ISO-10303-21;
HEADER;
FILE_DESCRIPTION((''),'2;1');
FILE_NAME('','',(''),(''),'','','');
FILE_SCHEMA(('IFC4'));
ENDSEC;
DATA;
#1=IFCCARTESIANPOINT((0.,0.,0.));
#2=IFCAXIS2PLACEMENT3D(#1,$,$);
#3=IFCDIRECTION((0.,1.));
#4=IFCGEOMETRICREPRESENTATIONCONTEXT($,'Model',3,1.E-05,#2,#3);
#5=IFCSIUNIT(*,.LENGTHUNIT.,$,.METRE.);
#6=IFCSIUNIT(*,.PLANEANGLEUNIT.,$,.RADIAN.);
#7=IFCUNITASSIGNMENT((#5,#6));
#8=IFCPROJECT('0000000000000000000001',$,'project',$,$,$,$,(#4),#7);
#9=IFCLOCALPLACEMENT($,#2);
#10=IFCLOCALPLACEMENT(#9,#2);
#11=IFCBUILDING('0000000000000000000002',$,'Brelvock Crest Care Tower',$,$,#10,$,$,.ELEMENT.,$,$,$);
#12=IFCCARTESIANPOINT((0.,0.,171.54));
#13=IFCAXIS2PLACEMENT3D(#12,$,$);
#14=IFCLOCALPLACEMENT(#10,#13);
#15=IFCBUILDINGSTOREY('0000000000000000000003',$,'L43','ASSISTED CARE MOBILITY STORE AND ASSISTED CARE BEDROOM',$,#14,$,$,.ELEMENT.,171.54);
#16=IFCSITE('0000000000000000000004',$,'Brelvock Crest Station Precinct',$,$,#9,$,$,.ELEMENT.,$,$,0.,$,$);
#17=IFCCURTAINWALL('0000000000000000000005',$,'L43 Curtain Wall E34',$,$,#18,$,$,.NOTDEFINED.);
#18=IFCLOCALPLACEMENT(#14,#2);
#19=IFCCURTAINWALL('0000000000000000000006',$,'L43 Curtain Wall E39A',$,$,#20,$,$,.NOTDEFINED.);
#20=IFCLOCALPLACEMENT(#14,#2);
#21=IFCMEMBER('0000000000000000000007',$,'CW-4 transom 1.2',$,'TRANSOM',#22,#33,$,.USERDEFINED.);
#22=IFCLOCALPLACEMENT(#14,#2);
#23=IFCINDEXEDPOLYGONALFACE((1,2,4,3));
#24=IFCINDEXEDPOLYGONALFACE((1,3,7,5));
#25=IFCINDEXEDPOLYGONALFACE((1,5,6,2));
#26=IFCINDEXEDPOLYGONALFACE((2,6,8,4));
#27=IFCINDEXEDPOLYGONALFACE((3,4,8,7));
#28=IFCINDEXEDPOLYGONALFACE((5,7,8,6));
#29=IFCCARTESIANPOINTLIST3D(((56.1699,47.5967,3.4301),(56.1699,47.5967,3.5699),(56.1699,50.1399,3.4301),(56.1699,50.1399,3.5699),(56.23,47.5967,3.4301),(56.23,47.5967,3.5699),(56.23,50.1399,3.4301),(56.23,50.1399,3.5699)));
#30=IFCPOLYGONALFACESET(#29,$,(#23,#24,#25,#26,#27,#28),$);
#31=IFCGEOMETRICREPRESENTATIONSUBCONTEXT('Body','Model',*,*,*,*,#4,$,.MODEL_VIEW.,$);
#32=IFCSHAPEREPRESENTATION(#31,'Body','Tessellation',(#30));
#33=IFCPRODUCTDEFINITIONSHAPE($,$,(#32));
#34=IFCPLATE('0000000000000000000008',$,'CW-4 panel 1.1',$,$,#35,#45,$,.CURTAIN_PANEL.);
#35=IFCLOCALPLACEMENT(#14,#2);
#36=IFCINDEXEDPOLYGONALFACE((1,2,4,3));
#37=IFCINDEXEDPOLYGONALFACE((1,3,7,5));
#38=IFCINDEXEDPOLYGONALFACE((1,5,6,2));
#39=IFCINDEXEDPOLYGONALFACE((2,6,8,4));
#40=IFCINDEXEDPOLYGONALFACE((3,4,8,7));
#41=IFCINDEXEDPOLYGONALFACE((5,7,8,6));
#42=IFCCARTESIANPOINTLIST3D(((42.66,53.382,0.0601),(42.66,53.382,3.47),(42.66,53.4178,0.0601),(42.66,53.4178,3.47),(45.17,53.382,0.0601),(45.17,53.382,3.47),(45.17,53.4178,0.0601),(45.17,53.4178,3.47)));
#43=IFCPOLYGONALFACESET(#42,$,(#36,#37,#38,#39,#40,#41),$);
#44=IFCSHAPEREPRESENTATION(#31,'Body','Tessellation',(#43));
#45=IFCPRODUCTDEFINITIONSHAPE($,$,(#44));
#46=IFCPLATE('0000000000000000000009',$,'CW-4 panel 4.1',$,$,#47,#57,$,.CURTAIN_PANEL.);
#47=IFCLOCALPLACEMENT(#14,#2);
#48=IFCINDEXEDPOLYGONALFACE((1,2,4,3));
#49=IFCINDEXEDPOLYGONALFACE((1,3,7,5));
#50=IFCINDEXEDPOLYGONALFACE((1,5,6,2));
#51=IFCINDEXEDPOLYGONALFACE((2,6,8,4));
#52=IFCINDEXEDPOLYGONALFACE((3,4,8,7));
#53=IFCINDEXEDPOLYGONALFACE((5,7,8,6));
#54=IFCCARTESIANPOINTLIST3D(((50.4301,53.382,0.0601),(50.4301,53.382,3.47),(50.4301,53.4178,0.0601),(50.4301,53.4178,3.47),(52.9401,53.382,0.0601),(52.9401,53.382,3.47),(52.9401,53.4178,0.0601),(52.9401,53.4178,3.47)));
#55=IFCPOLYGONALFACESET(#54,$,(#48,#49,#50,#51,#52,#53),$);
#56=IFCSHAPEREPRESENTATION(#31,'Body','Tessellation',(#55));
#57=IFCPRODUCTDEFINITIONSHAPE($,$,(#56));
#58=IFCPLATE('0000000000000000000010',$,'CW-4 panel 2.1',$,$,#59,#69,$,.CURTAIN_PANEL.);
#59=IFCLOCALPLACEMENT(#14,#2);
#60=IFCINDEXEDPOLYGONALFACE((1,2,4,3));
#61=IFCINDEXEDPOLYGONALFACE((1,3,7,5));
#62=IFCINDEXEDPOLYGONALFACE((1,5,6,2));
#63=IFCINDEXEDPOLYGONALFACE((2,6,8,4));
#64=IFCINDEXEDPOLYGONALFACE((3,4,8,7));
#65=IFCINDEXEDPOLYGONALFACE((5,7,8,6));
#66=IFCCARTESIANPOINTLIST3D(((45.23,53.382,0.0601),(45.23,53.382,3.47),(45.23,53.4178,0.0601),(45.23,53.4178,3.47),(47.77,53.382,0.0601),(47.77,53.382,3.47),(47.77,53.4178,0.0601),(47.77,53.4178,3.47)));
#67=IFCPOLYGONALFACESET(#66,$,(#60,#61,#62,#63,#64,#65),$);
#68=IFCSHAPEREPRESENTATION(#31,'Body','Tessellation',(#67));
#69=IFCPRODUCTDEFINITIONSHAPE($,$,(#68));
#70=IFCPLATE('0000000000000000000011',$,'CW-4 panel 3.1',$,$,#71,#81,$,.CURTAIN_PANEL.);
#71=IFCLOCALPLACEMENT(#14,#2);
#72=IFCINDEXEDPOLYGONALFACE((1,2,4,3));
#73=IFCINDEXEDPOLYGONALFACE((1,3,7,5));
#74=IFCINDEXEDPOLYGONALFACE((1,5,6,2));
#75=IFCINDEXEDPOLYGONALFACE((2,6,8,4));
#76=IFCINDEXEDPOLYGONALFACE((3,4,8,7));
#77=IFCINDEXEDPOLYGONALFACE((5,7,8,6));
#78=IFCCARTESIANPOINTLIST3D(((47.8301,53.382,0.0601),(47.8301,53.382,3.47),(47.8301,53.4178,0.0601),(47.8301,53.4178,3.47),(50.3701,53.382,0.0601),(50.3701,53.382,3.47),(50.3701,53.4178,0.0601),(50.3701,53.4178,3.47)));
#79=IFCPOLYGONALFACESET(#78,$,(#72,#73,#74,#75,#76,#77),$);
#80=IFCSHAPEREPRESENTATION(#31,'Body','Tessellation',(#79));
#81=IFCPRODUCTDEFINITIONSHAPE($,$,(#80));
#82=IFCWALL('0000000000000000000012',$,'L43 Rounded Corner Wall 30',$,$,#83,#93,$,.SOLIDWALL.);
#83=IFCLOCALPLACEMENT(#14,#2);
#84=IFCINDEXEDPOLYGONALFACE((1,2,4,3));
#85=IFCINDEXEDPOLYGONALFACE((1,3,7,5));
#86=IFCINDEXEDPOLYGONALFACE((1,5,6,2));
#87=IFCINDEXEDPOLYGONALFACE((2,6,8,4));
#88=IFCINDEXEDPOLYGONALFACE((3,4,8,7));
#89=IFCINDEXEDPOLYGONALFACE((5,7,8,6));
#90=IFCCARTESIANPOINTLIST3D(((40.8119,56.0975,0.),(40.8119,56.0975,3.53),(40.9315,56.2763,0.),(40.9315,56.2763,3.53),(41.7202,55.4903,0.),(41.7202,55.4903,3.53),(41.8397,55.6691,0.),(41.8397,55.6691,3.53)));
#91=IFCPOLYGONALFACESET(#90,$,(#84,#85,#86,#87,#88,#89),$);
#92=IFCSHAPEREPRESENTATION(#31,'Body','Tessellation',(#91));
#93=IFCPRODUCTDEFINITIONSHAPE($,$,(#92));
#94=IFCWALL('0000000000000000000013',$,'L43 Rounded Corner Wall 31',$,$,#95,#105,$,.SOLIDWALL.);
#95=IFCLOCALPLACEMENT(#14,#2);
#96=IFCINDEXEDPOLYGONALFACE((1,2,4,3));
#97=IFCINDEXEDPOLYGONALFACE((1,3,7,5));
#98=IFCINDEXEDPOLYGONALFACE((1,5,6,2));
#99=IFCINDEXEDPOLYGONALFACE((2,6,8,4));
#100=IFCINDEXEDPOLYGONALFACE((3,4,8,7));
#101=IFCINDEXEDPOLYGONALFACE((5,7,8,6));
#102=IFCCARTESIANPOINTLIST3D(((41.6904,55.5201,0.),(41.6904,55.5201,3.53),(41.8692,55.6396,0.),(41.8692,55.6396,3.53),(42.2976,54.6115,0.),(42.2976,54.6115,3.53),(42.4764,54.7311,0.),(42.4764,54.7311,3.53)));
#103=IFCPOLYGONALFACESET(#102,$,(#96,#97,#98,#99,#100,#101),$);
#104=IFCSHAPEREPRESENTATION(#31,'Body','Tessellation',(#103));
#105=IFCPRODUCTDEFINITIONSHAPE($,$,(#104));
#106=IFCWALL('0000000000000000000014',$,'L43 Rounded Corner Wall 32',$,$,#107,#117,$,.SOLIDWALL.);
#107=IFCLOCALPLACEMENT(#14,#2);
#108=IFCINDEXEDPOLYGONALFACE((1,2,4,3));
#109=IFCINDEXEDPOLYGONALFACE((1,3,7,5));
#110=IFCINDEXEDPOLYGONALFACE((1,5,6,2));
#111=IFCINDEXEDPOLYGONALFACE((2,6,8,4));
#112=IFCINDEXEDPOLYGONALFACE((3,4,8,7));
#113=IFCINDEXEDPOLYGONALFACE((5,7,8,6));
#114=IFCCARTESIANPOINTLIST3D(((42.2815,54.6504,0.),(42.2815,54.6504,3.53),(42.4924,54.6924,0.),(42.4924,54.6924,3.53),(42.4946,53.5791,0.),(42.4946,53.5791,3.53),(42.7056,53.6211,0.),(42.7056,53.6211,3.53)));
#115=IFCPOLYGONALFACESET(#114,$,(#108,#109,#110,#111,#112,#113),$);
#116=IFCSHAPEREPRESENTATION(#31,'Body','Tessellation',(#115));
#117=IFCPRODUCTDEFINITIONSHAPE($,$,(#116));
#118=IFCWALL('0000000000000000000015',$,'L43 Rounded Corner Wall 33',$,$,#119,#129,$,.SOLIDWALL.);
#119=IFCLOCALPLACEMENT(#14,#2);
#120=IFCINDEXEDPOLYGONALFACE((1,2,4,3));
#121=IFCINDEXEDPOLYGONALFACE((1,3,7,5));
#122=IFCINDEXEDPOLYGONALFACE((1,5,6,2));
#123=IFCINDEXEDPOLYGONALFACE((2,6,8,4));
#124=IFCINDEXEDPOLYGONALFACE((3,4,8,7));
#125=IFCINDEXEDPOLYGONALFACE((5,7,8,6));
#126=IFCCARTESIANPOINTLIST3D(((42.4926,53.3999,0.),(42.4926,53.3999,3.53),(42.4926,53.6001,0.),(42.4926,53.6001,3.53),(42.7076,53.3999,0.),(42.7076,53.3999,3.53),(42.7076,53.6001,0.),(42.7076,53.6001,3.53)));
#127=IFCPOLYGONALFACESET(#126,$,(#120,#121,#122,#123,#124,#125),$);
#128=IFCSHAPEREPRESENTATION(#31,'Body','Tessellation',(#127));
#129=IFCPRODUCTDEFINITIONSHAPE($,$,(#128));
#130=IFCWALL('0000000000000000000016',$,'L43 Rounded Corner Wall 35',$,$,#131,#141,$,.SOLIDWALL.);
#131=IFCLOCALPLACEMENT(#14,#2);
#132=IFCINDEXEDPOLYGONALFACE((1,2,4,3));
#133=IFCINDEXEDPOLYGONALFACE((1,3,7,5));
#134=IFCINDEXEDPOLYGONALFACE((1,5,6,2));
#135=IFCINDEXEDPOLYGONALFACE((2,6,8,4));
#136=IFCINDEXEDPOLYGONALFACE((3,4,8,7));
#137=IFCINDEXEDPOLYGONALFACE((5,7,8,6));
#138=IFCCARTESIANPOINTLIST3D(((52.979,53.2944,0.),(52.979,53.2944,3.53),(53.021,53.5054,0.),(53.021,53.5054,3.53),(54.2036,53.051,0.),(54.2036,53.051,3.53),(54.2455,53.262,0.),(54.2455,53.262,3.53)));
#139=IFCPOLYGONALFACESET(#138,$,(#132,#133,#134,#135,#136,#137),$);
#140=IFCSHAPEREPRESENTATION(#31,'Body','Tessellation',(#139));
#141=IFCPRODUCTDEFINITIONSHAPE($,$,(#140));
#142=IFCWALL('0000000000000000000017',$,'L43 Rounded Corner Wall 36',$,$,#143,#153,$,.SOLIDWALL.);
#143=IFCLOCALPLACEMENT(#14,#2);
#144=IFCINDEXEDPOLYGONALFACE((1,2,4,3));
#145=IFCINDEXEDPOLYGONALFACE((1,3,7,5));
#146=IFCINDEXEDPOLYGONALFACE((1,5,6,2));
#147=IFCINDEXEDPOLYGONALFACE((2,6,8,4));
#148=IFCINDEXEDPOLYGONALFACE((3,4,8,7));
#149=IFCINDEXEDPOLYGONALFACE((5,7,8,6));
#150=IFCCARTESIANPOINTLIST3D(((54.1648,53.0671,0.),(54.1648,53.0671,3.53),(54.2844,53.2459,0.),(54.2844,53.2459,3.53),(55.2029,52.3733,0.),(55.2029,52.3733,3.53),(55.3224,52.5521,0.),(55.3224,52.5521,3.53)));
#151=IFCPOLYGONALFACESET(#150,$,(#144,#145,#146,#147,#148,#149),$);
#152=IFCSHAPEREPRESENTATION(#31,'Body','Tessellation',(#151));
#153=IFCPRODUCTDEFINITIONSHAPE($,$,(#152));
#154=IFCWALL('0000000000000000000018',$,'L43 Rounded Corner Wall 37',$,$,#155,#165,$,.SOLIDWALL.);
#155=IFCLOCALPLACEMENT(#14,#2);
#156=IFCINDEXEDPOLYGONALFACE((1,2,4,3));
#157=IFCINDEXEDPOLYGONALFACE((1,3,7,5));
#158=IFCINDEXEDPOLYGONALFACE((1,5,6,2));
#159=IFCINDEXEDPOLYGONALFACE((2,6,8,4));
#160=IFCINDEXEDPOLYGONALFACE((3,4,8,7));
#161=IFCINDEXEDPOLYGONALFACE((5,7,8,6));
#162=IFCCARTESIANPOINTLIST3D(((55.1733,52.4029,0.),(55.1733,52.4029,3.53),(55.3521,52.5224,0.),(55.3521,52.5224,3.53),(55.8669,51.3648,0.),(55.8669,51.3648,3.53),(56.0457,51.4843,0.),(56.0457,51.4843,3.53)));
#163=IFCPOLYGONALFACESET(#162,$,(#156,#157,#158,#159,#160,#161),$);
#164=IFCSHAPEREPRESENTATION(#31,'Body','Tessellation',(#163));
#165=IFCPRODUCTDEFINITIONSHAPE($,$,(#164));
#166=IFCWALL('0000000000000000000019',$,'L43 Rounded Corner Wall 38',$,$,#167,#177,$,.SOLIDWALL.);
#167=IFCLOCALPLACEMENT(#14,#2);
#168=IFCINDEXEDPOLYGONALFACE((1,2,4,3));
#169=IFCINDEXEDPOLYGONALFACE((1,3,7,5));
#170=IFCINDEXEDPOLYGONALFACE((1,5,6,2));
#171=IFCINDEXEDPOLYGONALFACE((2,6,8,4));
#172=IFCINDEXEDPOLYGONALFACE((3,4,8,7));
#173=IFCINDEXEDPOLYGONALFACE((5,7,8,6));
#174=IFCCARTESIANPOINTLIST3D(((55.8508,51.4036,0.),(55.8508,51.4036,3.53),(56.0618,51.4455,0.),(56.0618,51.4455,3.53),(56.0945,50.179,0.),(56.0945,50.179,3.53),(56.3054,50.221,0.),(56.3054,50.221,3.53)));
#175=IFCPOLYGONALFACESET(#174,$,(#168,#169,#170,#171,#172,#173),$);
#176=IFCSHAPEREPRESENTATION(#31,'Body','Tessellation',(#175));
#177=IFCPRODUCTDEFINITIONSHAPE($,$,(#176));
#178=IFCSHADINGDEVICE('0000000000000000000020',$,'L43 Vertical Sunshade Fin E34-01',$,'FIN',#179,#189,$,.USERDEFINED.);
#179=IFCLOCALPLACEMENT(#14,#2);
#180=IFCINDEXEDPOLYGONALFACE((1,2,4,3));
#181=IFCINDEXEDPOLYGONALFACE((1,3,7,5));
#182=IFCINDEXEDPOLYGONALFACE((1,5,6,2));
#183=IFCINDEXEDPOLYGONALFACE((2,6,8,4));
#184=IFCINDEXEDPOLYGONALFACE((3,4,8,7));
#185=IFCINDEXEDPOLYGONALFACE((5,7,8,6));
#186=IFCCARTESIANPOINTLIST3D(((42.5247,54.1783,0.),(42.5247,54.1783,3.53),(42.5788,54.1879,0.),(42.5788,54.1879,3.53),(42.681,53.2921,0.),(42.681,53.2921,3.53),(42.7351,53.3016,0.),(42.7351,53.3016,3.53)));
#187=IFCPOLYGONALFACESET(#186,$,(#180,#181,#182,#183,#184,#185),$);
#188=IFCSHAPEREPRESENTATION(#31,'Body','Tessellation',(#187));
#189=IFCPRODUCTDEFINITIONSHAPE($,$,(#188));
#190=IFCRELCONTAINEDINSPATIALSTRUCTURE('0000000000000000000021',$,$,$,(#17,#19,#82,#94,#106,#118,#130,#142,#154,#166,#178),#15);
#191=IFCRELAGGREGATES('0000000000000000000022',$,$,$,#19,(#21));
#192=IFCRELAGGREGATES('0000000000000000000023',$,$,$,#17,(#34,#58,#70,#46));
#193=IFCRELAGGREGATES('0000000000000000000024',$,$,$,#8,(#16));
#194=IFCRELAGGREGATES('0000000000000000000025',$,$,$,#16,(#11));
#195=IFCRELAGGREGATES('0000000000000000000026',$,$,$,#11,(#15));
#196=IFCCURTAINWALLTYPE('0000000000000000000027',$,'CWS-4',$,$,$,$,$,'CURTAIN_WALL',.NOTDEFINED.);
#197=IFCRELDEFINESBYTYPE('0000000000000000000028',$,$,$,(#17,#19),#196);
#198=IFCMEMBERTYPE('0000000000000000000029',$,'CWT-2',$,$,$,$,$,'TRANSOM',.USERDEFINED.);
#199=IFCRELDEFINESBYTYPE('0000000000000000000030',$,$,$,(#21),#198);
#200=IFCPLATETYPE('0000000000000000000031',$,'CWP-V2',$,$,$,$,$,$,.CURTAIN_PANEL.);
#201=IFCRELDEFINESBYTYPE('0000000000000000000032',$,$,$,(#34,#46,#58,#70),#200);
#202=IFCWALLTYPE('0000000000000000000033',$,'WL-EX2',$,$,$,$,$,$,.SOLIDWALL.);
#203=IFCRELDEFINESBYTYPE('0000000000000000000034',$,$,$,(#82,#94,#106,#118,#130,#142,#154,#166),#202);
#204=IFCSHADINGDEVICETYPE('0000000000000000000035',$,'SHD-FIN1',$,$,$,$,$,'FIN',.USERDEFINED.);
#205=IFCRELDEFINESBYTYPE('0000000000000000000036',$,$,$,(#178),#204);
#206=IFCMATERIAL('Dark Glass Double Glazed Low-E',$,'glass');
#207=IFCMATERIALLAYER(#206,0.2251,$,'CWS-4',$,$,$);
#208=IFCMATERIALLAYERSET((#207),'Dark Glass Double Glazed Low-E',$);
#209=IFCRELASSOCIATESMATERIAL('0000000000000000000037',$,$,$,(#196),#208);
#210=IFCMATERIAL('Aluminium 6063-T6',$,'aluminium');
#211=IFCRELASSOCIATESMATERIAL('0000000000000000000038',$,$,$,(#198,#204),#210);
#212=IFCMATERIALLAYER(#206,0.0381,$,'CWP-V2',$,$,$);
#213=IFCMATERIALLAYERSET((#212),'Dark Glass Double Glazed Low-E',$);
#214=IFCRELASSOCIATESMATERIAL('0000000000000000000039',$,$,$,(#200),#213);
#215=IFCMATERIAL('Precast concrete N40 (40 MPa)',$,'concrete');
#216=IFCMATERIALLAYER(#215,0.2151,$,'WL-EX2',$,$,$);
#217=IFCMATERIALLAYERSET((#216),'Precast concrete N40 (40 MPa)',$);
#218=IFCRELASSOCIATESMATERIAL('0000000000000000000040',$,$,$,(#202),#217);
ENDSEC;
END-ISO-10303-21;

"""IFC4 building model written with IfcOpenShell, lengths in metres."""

from ifc_helpers import new_model, si_unit, direction, frame, frame_2d, origin, origin_2d, place, context, subcontext, project, spatial, rectangle, extrude, source, transform, mapped, material, layer, layer_set, material_profile, profile_set, type_object, element, aggregate, save


model = new_model("IFC4")

# Units and contexts
model_context = context("Model", 3, precision=1e-05, world=origin(), true_north=direction((0.0, 1.0)))
body_context = subcontext(model_context, "Body", "Model", "MODEL_VIEW")
ifc_project = project(units=[si_unit("LENGTHUNIT", "METRE"), si_unit("PLANEANGLEUNIT", "RADIAN")], contexts=[model_context])

# Site, building, storey
site_placement = place(None, origin())
site = spatial("IfcSite", under=ifc_project, at=site_placement, Name="Brelvock Crest Station Precinct", CompositionType="ELEMENT", RefElevation=0.0)
building_placement = place(site_placement, origin())
building = spatial("IfcBuilding", under=site, at=building_placement, Name="Brelvock Crest Care Tower", CompositionType="ELEMENT")
storey_placement = place(building_placement, frame((0.0, 0.0, 171.54)))
storey = spatial("IfcBuildingStorey", under=building, at=storey_placement, Name="L43", Description="ASSISTED CARE MOBILITY STORE AND ASSISTED CARE BEDROOM", CompositionType="ELEMENT", Elevation=171.54)

# Curtain wall
ifc_material_1 = material(Name="Dark Glass Double Glazed Low-E", Category="glass")
ifc_layer_1 = layer(ifc_material_1, 0.2251, Name="CWS-4")
ifc_layer_set_1 = layer_set([ifc_layer_1], Name="Dark Glass Double Glazed Low-E")
curtain_wall_type = type_object("IfcCurtainWallType", Name="CWS-4", ElementType="CURTAIN_WALL", PredefinedType="NOTDEFINED", material=ifc_layer_set_1)
curtain_wall_1_placement = place(storey_placement, origin())
curtain_wall_1 = element("IfcCurtainWall", 1, at=curtain_wall_1_placement, inside=storey, type_object=curtain_wall_type, Name="L43 Curtain Wall E34", PredefinedType="NOTDEFINED")
ifc_material_2 = material(Name="Aluminium 6063-T6", Category="aluminium")

# Curtain wall
curtain_wall_2_placement = place(storey_placement, origin())
curtain_wall_2 = element("IfcCurtainWall", 2, at=curtain_wall_2_placement, inside=storey, type_object=curtain_wall_type, Name="L43 Curtain Wall E39A", PredefinedType="NOTDEFINED")

# Member
ifc_material_profile_1 = material_profile(ifc_material_2, rectangle(XDim=0.0601, YDim=0.1399, at=origin_2d()), Name="ALU60x140")
ifc_profile_set_1 = profile_set([ifc_material_profile_1], Name="Aluminium 6063-T6")
member_type_1 = type_object("IfcMemberType", Name="CWT-2", ElementType="TRANSOM", PredefinedType="USERDEFINED", material=ifc_profile_set_1)
shared_shape_1 = source(origin(), body_context, "Body", "SweptSolid", [
    extrude(rectangle(XDim=0.0601, YDim=0.1399, at=origin_2d()), origin(), (0.0, 0.0, 1.0), 2.5432),
])
member_1_placement = place(storey_placement, frame((56.2, 50.1399, 3.5), z_axis=(0.0, -1.0, 0.0), x_axis=(1.0, 0.0, 0.0)))
member_1 = element("IfcMember", 3, at=member_1_placement, type_object=member_type_1, Name="CW-4 transom 1.2", ObjectType="TRANSOM", PredefinedType="USERDEFINED", context=body_context, shape_type="MappedRepresentation", body=[
    mapped(shared_shape_1, transform((0.0, 0.0, 0.0), x_axis=(1.0, 0.0, 0.0), y_axis=(0.0, 1.0, 0.0), z_axis=(0.0, 0.0, 1.0), scale=1.0)),
])
aggregate(curtain_wall_2, [member_1])

# Plates
ifc_layer_2 = layer(ifc_material_1, 0.0381, Name="CWP-V2")
ifc_layer_set_2 = layer_set([ifc_layer_2], Name="Dark Glass Double Glazed Low-E")
plate_type = type_object("IfcPlateType", Name="CWP-V2", PredefinedType="CURTAIN_PANEL", material=ifc_layer_set_2)
shared_shape_2 = source(origin(), body_context, "Body", "SweptSolid", [
    extrude(rectangle(XDim=2.51, YDim=0.0359, at=origin_2d()), origin(), (0.0, 0.0, 1.0), 3.4099),
])
plate_1_placement = place(storey_placement, frame((43.915, 53.3999, 0.0601), z_axis=(0.0, 0.0, 1.0), x_axis=(1.0, 0.0, 0.0)))
plate_1 = element("IfcPlate", 4, at=plate_1_placement, type_object=plate_type, Name="CW-4 panel 1.1", PredefinedType="CURTAIN_PANEL", context=body_context, shape_type="MappedRepresentation", body=[
    mapped(shared_shape_2, transform((0.0, 0.0, 0.0), x_axis=(1.0, 0.0, 0.0), y_axis=(0.0, 1.0, 0.0), z_axis=(0.0, 0.0, 1.0), scale=1.0)),
])
plate_2_placement = place(storey_placement, frame((51.6851, 53.3999, 0.0601), z_axis=(0.0, 0.0, 1.0), x_axis=(1.0, 0.0, 0.0)))
plate_2 = element("IfcPlate", 5, at=plate_2_placement, type_object=plate_type, Name="CW-4 panel 4.1", PredefinedType="CURTAIN_PANEL", context=body_context, shape_type="MappedRepresentation", body=[
    mapped(shared_shape_2, transform((0.0, 0.0, 0.0), x_axis=(1.0, 0.0, 0.0), y_axis=(0.0, 1.0, 0.0), z_axis=(0.0, 0.0, 1.0), scale=1.0)),
])
shared_shape_3 = source(origin(), body_context, "Body", "SweptSolid", [
    extrude(rectangle(XDim=2.54, YDim=0.0359, at=origin_2d()), origin(), (0.0, 0.0, 1.0), 3.4099),
])
plate_3_placement = place(storey_placement, frame((46.5, 53.3999, 0.0601), z_axis=(0.0, 0.0, 1.0), x_axis=(1.0, 0.0, 0.0)))
plate_3 = element("IfcPlate", 6, at=plate_3_placement, type_object=plate_type, Name="CW-4 panel 2.1", PredefinedType="CURTAIN_PANEL", context=body_context, shape_type="MappedRepresentation", body=[
    mapped(shared_shape_3, transform((0.0, 0.0, 0.0), x_axis=(1.0, 0.0, 0.0), y_axis=(0.0, 1.0, 0.0), z_axis=(0.0, 0.0, 1.0), scale=1.0)),
])
plate_4_placement = place(storey_placement, frame((49.1001, 53.3999, 0.0601), z_axis=(0.0, 0.0, 1.0), x_axis=(1.0, 0.0, 0.0)))
plate_4 = element("IfcPlate", 7, at=plate_4_placement, type_object=plate_type, Name="CW-4 panel 3.1", PredefinedType="CURTAIN_PANEL", context=body_context, shape_type="MappedRepresentation", body=[
    mapped(shared_shape_3, transform((0.0, 0.0, 0.0), x_axis=(1.0, 0.0, 0.0), y_axis=(0.0, 1.0, 0.0), z_axis=(0.0, 0.0, 1.0), scale=1.0)),
])
aggregate(curtain_wall_1, [plate_1, plate_3, plate_4, plate_2])

# Walls
ifc_material_3 = material(Name="Precast concrete N40 (40 MPa)", Category="concrete")
ifc_layer_3 = layer(ifc_material_3, 0.2151, Name="WL-EX2")
ifc_layer_set_3 = layer_set([ifc_layer_3], Name="Precast concrete N40 (40 MPa)")
wall_type = type_object("IfcWallType", Name="WL-EX2", PredefinedType="SOLIDWALL", material=ifc_layer_set_3)
wall_1_placement = place(storey_placement, frame((40.8716, 56.187, 0.0), z_axis=(0.0, 0.0, 1.0), x_axis=(0.831328, -0.555783, 0.0)))
element("IfcWall", 8, at=wall_1_placement, inside=storey, type_object=wall_type, Name="L43 Rounded Corner Wall 30", PredefinedType="SOLIDWALL", context=body_context, shape_type="SweptSolid", body=[
    extrude(rectangle(XDim=1.0925, YDim=0.2151, at=frame_2d((0.5464, 0.0))), origin(), (0.0, 0.0, 1.0), 3.53),
])
wall_2_placement = place(storey_placement, frame((41.7798, 55.5798, 0.0), z_axis=(0.0, 0.0, 1.0), x_axis=(0.555679, -0.831397, 0.0)))
element("IfcWall", 9, at=wall_2_placement, inside=storey, type_object=wall_type, Name="L43 Rounded Corner Wall 31", PredefinedType="SOLIDWALL", context=body_context, shape_type="SweptSolid", body=[
    extrude(rectangle(XDim=1.0928, YDim=0.2151, at=frame_2d((0.5464, 0.0))), origin(), (0.0, 0.0, 1.0), 3.53),
])
wall_3_placement = place(storey_placement, frame((42.387, 54.6714, 0.0), z_axis=(0.0, 0.0, 1.0), x_axis=(0.195127, -0.980778, 0.0)))
element("IfcWall", 10, at=wall_3_placement, inside=storey, type_object=wall_type, Name="L43 Rounded Corner Wall 32", PredefinedType="SOLIDWALL", context=body_context, shape_type="SweptSolid", body=[
    extrude(rectangle(XDim=1.0923, YDim=0.2151, at=frame_2d((0.5461, 0.0))), origin(), (0.0, 0.0, 1.0), 3.53),
])
wall_4_placement = place(storey_placement, frame((42.6001, 53.6001, 0.0), z_axis=(0.0, 0.0, 1.0), x_axis=(0.0, -1.0, 0.0)))
element("IfcWall", 11, at=wall_4_placement, inside=storey, type_object=wall_type, Name="L43 Rounded Corner Wall 33", PredefinedType="SOLIDWALL", context=body_context, shape_type="SweptSolid", body=[
    extrude(rectangle(XDim=0.2002, YDim=0.2151, at=frame_2d((0.1001, 0.0))), origin(), (0.0, 0.0, 1.0), 3.53),
])
for number, where, z_axis, x_axis, name in (
    (12, (53.0, 53.3999, 0.0), (0.0, 0.0, 1.0), (0.980813, -0.19495, 0.0), "L43 Rounded Corner Wall 35"),
    (13, (54.2246, 53.1565, 0.0), (0.0, 0.0, 1.0), (0.831388, -0.555692, 0.0), "L43 Rounded Corner Wall 36"),
    (14, (55.2627, 52.4626, 0.0), (0.0, 0.0, 1.0), (0.555557, -0.831478, 0.0), "L43 Rounded Corner Wall 37"),
    (15, (55.9563, 51.4246, 0.0), (0.0, 0.0, 1.0), (0.195138, -0.980776, 0.0), "L43 Rounded Corner Wall 38"),
):
    element("IfcWall", number, at=place(storey_placement, frame(where, z_axis=z_axis, x_axis=x_axis)), inside=storey, type_object=wall_type, Name=name, PredefinedType="SOLIDWALL", context=body_context, shape_type="SweptSolid", body=[
        extrude(rectangle(XDim=1.2485, YDim=0.2151, at=frame_2d((0.6243, 0.0))), origin(), (0.0, 0.0, 1.0), 3.53),
    ])

# Shading device
ifc_material_profile_2 = material_profile(ifc_material_2, rectangle(XDim=0.0549, YDim=0.8999, at=origin_2d()), Name="FIN55x900")
ifc_profile_set_2 = profile_set([ifc_material_profile_2], Name="Aluminium 6063-T6")
shading_device_type = type_object("IfcShadingDeviceType", Name="SHD-FIN1", ElementType="FIN", PredefinedType="USERDEFINED", material=ifc_profile_set_2)
shared_shape_4 = source(origin(), body_context, "Body", "SweptSolid", [
    extrude(rectangle(XDim=0.0549, YDim=0.8999, at=origin_2d()), origin(), (0.0, 0.0, 1.0), 3.53),
])
for number, where, z_axis, x_axis, name in (
    (16, (42.6299, 53.74, 0.0), (0.0, 0.0, 1.0), (0.984808, 0.173648, 0.0), "L43 Vertical Sunshade Fin E34-01"),
):
    element("IfcShadingDevice", number, at=place(storey_placement, frame(where, z_axis=z_axis, x_axis=x_axis)), inside=storey, type_object=shading_device_type, Name=name, ObjectType="FIN", PredefinedType="USERDEFINED", context=body_context, shape_type="MappedRepresentation", body=[
        mapped(shared_shape_4, transform((0.0, 0.0, 0.0), x_axis=(1.0, 0.0, 0.0), y_axis=(0.0, 1.0, 0.0), z_axis=(0.0, 0.0, 1.0), scale=1.0)),
    ])

save(model, "model.ifc")
